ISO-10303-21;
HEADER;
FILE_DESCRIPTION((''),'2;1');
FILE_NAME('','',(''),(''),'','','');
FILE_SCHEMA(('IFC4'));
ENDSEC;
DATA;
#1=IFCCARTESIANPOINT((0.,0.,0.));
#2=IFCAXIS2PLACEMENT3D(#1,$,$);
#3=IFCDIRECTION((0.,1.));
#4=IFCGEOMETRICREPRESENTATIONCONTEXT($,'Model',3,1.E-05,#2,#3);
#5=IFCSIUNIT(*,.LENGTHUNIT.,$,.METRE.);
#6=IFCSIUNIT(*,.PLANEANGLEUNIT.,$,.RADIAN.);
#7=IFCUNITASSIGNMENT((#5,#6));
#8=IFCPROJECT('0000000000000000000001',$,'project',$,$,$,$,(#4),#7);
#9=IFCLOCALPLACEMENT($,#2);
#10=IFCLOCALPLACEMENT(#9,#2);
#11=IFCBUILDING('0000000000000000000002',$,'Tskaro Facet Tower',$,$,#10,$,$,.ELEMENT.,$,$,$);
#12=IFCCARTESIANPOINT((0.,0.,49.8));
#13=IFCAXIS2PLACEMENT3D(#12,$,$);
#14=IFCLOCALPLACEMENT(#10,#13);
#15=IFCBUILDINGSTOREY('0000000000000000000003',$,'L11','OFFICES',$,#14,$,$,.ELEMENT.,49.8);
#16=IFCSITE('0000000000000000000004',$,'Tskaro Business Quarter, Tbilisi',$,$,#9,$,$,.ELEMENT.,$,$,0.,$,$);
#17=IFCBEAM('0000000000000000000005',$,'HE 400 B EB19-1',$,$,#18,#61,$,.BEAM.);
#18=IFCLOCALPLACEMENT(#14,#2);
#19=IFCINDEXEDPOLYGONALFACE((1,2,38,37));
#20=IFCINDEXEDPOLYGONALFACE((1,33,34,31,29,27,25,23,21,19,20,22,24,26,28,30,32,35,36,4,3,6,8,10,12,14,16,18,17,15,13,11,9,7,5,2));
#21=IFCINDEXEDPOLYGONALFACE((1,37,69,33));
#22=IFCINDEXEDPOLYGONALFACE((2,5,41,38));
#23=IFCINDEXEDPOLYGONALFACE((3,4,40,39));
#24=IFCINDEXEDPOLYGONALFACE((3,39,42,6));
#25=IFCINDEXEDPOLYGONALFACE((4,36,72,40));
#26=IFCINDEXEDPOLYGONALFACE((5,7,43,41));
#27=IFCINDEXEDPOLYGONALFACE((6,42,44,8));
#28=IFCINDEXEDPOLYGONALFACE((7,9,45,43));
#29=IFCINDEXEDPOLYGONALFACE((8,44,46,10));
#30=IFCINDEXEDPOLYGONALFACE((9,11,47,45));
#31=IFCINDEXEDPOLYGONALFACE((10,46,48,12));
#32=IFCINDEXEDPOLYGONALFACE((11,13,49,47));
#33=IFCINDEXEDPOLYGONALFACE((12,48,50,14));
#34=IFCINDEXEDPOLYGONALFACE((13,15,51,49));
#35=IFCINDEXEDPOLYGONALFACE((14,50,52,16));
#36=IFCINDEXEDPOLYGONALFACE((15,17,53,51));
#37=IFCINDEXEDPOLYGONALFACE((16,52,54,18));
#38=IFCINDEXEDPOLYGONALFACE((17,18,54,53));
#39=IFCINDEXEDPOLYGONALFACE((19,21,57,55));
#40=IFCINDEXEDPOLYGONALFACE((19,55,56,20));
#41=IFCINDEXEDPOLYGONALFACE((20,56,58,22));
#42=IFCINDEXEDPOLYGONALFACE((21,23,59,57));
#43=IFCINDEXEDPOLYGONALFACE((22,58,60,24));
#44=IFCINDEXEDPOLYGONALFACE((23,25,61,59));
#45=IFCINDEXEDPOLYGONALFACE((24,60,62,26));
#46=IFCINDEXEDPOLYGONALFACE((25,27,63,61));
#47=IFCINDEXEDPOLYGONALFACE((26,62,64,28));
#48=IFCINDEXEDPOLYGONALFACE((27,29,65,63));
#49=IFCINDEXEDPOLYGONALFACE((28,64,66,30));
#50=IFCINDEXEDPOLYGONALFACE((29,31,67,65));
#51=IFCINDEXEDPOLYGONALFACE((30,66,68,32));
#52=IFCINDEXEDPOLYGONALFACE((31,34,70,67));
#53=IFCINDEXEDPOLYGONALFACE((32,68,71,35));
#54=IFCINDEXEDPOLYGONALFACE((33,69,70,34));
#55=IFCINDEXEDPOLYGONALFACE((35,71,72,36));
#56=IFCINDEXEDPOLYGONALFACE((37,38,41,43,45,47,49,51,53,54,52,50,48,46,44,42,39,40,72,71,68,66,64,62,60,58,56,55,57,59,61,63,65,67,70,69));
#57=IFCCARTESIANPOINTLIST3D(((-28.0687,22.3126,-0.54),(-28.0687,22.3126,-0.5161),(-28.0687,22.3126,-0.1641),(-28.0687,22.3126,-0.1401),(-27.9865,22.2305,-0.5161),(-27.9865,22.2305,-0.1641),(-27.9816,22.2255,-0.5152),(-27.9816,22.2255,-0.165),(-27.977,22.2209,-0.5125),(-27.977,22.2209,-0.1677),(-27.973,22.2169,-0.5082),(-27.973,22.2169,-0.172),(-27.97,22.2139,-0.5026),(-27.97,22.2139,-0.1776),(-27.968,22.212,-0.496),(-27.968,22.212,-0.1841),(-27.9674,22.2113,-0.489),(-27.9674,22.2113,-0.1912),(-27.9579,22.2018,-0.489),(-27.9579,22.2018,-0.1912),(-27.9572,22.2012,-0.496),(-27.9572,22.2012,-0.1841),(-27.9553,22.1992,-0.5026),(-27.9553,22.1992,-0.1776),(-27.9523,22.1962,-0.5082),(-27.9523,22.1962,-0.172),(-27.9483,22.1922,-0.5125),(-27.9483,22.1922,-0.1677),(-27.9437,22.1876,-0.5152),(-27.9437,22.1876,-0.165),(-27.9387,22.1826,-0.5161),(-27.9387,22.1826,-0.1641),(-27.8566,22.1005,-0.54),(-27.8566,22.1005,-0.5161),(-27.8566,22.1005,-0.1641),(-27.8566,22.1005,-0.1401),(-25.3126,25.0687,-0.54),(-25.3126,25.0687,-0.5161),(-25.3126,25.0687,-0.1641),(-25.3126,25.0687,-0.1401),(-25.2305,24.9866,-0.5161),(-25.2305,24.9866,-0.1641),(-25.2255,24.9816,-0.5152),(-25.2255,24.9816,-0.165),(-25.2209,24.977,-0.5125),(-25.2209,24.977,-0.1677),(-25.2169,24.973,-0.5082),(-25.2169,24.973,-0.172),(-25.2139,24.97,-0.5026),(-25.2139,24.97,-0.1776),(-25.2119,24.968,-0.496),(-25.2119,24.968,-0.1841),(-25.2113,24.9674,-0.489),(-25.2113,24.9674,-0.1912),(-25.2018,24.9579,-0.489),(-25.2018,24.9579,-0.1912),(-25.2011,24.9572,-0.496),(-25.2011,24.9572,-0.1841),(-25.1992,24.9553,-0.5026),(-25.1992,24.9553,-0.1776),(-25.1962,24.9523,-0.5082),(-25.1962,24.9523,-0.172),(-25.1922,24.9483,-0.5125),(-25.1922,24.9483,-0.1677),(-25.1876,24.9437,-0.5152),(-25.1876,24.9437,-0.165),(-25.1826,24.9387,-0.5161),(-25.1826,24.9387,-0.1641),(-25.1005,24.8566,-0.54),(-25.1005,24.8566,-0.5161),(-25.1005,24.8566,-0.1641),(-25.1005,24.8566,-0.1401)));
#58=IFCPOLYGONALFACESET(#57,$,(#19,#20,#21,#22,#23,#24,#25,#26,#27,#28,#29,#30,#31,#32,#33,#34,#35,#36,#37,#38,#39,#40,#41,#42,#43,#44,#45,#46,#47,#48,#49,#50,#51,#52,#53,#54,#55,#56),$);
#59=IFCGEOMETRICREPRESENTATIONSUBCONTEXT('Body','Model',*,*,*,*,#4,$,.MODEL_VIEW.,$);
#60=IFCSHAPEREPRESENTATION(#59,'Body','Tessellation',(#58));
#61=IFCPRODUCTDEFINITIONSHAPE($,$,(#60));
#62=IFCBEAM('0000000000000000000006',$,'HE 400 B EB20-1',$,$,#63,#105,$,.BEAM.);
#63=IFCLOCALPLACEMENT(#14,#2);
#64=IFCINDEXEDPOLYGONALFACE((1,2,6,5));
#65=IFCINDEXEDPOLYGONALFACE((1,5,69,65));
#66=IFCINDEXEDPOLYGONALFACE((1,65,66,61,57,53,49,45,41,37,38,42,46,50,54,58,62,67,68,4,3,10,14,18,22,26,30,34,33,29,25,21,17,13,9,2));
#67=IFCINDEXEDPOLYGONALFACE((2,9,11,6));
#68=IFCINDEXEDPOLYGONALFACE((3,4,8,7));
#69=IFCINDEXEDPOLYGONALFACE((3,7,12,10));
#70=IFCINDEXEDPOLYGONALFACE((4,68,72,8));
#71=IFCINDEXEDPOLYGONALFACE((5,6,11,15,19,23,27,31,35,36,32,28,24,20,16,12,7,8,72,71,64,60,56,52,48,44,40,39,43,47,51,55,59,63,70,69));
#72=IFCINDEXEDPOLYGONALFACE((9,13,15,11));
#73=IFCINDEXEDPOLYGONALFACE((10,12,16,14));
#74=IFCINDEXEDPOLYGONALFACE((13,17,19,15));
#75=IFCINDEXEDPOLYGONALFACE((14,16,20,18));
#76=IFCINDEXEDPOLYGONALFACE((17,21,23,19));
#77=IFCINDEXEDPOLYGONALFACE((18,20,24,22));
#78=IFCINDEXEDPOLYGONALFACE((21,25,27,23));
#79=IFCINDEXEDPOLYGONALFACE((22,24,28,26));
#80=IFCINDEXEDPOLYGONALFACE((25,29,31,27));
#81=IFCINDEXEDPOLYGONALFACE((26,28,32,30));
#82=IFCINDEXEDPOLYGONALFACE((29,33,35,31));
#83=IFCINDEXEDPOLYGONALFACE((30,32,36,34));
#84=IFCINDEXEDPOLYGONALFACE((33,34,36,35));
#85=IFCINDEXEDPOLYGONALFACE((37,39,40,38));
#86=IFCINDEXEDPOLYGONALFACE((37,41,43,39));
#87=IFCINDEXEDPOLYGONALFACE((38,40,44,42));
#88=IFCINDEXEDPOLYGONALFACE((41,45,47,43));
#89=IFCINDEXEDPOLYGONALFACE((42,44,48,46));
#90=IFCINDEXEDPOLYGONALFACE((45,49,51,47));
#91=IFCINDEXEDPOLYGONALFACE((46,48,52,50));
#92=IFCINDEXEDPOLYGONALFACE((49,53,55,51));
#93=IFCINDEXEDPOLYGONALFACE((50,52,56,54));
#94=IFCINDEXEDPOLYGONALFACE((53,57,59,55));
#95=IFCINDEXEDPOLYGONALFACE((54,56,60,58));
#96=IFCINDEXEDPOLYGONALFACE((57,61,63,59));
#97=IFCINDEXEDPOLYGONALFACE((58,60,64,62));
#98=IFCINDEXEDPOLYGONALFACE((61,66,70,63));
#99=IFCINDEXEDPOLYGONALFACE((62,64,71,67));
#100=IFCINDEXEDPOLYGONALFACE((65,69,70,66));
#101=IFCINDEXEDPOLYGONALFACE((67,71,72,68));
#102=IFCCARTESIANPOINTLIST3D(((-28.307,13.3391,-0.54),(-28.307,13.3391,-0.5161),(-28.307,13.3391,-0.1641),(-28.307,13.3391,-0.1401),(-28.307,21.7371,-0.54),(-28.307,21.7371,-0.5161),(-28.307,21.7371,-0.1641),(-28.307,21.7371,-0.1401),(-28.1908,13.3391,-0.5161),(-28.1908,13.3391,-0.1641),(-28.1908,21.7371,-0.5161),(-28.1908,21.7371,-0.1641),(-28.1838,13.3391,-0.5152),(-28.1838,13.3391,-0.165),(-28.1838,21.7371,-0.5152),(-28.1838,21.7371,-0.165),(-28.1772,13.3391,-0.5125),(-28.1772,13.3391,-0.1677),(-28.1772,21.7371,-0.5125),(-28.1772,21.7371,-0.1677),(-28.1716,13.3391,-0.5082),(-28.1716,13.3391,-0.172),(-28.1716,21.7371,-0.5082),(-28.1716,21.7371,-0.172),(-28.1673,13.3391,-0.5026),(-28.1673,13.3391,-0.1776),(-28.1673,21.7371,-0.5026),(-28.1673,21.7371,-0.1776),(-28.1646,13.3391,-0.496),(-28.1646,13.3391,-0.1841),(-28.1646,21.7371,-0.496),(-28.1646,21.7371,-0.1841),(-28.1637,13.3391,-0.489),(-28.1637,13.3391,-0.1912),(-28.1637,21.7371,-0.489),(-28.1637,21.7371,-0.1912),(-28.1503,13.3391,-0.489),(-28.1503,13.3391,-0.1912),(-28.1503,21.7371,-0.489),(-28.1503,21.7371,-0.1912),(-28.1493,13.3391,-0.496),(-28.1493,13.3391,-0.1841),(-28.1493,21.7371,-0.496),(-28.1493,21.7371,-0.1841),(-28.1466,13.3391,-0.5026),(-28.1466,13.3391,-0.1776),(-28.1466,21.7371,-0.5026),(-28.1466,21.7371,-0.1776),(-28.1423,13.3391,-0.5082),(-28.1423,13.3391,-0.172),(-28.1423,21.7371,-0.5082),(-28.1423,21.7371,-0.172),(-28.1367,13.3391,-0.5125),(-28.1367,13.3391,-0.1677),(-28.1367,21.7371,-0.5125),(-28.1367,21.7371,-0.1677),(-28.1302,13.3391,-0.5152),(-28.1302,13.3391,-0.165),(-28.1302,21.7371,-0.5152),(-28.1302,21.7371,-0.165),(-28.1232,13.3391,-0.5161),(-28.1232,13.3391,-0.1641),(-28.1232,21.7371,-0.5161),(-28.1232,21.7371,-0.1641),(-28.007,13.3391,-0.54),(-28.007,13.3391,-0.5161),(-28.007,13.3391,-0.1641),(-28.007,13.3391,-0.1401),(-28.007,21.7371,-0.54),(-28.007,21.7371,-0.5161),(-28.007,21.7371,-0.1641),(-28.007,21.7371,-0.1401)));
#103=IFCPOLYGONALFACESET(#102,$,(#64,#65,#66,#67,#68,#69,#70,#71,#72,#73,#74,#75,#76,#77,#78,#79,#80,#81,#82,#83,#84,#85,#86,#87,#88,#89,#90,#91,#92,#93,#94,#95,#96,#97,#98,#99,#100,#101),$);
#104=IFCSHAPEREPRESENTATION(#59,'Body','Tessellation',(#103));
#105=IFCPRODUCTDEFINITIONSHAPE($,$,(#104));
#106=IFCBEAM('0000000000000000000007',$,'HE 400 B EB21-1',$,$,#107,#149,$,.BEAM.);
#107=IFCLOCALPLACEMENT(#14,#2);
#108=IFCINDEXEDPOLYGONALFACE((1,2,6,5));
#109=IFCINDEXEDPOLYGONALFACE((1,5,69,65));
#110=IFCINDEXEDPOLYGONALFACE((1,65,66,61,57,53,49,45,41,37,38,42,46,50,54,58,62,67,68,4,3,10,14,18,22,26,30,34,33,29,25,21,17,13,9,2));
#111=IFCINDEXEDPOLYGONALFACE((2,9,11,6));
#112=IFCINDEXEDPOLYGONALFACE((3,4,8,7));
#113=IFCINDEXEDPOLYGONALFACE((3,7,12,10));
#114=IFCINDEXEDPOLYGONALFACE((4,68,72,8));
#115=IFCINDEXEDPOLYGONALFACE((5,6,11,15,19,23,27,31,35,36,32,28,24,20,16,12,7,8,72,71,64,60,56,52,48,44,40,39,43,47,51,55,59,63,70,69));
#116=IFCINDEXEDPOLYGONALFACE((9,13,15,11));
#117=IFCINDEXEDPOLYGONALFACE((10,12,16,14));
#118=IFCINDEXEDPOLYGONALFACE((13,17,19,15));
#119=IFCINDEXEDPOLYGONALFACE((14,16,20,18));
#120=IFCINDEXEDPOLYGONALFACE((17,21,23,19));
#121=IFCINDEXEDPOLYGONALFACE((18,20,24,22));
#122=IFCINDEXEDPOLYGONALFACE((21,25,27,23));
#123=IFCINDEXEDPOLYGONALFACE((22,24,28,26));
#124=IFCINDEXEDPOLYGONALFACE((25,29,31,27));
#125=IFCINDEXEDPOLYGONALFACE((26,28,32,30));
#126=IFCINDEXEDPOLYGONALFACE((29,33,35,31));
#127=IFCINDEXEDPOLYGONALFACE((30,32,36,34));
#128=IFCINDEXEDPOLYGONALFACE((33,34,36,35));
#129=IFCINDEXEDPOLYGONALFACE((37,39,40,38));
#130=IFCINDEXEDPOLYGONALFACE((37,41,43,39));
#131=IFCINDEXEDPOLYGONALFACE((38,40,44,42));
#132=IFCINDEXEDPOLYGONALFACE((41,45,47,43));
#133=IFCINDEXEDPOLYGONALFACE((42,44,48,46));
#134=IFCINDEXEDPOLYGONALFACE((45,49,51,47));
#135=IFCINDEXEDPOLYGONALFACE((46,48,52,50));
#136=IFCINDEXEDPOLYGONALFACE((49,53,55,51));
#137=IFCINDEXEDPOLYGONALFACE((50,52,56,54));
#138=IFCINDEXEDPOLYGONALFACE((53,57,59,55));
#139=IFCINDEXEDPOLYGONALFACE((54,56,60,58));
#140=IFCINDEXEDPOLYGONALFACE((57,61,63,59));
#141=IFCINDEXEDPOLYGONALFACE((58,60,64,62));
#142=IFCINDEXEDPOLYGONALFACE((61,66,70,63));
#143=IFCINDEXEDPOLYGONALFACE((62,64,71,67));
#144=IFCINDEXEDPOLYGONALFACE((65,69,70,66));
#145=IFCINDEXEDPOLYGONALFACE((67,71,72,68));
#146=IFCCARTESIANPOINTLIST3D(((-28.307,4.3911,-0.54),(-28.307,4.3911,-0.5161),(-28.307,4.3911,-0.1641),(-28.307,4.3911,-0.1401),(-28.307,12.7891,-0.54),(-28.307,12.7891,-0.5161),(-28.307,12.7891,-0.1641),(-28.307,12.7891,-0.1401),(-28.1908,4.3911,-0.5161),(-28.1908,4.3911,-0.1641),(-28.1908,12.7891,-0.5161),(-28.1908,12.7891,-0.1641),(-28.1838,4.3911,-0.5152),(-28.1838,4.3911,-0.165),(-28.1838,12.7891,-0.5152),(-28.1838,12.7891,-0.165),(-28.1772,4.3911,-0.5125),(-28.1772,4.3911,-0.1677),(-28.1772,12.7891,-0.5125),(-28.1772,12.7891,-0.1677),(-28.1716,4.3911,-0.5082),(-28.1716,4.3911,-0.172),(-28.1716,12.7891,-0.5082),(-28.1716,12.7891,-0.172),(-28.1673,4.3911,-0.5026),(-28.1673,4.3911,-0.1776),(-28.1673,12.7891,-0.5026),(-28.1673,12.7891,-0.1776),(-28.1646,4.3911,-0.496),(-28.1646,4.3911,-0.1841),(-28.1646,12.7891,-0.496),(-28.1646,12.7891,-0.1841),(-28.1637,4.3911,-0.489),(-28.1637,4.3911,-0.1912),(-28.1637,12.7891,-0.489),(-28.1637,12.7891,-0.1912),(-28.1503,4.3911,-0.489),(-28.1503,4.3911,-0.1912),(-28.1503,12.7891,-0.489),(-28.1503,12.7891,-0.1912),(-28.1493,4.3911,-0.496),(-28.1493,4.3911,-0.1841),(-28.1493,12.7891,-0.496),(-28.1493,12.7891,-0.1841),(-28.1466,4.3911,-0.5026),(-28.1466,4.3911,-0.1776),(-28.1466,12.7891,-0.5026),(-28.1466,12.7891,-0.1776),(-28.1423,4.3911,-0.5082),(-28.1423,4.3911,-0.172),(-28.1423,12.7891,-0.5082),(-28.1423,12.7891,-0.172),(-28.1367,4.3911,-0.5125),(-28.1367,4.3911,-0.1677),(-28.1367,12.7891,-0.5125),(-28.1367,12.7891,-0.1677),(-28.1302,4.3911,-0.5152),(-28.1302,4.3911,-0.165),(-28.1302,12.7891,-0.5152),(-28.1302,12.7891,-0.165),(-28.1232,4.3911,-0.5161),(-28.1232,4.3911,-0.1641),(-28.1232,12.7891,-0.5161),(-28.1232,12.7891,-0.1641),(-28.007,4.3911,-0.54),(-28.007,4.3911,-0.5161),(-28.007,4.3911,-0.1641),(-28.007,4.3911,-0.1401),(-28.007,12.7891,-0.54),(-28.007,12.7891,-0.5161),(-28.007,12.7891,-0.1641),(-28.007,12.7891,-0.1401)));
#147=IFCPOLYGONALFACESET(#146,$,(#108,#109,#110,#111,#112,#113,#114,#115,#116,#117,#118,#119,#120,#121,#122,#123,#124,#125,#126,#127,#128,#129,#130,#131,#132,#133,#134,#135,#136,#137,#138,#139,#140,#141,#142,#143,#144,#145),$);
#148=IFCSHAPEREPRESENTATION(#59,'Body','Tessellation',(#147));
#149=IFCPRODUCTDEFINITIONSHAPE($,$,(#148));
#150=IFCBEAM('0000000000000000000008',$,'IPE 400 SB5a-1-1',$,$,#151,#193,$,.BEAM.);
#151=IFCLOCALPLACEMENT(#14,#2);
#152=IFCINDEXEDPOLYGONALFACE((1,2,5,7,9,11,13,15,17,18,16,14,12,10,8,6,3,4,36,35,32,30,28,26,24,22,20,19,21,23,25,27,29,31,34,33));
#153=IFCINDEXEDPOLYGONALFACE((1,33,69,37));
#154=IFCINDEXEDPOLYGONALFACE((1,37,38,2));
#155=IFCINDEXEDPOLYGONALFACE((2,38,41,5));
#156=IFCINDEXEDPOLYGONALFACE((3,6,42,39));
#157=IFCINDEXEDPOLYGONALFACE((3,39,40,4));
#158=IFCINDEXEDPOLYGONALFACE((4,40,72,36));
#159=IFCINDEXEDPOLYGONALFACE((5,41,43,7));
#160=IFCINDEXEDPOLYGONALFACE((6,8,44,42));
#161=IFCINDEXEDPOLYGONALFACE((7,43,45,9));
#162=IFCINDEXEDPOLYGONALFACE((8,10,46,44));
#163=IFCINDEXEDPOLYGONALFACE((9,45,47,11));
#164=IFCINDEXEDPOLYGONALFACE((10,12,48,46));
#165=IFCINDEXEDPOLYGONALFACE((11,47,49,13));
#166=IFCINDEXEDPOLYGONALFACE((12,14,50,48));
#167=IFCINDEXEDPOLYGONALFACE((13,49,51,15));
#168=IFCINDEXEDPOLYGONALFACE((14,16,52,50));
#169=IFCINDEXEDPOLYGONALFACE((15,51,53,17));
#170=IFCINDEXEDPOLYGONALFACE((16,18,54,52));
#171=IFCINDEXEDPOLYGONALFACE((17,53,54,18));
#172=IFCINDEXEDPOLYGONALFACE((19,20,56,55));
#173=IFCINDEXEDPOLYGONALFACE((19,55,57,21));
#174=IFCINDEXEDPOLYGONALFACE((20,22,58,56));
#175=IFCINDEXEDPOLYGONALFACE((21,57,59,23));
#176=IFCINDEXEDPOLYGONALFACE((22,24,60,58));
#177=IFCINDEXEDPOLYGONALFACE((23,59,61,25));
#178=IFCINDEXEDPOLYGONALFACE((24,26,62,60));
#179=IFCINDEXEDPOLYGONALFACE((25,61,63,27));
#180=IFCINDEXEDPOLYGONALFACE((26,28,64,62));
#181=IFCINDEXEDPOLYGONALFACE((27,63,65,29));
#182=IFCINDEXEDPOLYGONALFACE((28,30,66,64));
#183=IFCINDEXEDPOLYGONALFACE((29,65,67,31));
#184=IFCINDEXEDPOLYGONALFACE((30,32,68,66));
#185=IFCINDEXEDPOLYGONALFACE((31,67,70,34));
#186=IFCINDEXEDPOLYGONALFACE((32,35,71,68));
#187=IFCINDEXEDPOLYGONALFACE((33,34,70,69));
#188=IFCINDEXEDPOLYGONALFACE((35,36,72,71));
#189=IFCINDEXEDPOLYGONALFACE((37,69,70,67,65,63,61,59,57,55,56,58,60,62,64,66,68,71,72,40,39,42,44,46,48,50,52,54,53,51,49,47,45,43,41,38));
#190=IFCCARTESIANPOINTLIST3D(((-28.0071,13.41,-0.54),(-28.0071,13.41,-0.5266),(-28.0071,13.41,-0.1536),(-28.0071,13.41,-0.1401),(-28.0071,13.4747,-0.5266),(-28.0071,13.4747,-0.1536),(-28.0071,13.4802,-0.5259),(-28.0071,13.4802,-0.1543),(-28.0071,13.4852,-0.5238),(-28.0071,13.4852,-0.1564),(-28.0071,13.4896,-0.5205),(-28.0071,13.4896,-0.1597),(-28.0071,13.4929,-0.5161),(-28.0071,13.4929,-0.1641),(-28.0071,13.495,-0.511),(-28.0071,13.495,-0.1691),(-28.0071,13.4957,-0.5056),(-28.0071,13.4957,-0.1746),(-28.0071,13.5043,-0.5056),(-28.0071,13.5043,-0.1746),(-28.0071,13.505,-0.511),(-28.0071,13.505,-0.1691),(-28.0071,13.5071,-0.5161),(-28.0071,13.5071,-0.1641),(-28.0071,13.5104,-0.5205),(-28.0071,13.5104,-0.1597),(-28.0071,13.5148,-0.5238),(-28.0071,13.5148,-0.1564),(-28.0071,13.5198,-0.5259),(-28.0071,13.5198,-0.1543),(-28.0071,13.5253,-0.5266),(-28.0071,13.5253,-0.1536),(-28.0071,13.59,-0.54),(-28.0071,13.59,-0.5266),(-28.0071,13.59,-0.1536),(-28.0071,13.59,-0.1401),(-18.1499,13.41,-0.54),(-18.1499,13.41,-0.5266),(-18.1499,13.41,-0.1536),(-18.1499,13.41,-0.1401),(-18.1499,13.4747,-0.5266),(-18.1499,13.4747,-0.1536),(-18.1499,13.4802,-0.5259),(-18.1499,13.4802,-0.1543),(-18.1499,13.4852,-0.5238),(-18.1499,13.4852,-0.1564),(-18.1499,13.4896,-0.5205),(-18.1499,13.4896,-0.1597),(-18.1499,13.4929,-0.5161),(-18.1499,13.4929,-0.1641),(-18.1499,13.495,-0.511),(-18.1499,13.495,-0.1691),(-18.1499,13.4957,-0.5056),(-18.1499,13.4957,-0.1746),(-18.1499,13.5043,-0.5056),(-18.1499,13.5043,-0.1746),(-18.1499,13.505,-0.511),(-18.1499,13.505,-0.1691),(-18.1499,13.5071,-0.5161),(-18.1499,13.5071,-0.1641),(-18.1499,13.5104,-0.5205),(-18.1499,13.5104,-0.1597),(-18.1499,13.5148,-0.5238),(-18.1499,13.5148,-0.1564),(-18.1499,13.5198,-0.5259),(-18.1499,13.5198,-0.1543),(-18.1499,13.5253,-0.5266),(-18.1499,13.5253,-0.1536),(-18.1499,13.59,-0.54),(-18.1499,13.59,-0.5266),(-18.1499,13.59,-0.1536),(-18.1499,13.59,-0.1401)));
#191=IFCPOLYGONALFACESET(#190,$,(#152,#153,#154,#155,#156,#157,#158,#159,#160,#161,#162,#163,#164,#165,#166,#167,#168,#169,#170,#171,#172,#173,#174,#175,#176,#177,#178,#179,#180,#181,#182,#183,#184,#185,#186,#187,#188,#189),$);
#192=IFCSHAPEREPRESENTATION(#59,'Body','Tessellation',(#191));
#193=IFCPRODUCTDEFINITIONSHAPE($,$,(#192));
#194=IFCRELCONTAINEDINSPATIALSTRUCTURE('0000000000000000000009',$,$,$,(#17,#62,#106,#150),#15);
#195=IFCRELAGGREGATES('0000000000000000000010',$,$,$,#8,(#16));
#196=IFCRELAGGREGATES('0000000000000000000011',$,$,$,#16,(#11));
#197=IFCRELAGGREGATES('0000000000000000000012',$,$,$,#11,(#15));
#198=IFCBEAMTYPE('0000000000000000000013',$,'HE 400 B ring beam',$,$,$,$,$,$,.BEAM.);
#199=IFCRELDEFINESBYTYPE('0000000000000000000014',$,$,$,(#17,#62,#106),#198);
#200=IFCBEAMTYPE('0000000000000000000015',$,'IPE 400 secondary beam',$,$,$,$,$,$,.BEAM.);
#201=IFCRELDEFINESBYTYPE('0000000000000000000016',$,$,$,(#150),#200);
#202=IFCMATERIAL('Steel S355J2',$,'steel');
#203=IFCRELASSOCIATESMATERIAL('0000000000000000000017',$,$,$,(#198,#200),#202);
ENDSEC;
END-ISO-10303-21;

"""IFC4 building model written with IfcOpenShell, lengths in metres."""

from ifc_helpers import new_model, si_unit, direction, frame, origin, origin_2d, place, context, subcontext, project, spatial, i_section, extrude, material, material_profile, profile_set, type_object, element, save


model = new_model("IFC4")

# Units and contexts
model_context = context("Model", 3, precision=1e-05, world=origin(), true_north=direction((0.0, 1.0)))
body_context = subcontext(model_context, "Body", "Model", "MODEL_VIEW")
ifc_project = project(units=[si_unit("LENGTHUNIT", "METRE"), si_unit("PLANEANGLEUNIT", "RADIAN")], contexts=[model_context])

# Site, building, storey
site_placement = place(None, origin())
site = spatial("IfcSite", under=ifc_project, at=site_placement, Name="Tskaro Business Quarter, Tbilisi", CompositionType="ELEMENT", RefElevation=0.0)
building_placement = place(site_placement, origin())
building = spatial("IfcBuilding", under=site, at=building_placement, Name="Tskaro Facet Tower", CompositionType="ELEMENT")
storey_placement = place(building_placement, frame((0.0, 0.0, 49.8)))
storey = spatial("IfcBuildingStorey", under=building, at=storey_placement, Name="L11", Description="OFFICES", CompositionType="ELEMENT", Elevation=49.8)

# Beams
ifc_material_1 = material(Name="Steel S355J2", Category="steel")
ifc_material_profile_1 = material_profile(ifc_material_1, i_section(OverallWidth=0.3, OverallDepth=0.3999, WebThickness=0.0134, FlangeThickness=0.0239, FilletRadius=0.0271, at=origin_2d()), Name="HE 400 B")
ifc_profile_set_1 = profile_set([ifc_material_profile_1], Name="Steel S355J2")
beam_type_1 = type_object("IfcBeamType", Name="HE 400 B ring beam", PredefinedType="BEAM", material=ifc_profile_set_1)
beam_1_placement = place(storey_placement, frame((-25.2065, 24.9626, -0.3401), z_axis=(-0.707107, -0.707107, 0.0), x_axis=(0.707107, -0.707107, 0.0)))
element("IfcBeam", 1, at=beam_1_placement, inside=storey, type_object=beam_type_1, Name="HE 400 B EB19-1", PredefinedType="BEAM", context=body_context, shape_type="SweptSolid", body=[
    extrude(i_section(OverallWidth=0.3, OverallDepth=0.3999, WebThickness=0.0134, FlangeThickness=0.0239, FilletRadius=0.0271, at=origin_2d()), origin(), (0.0, 0.0, 1.0), 3.8977),
])
for number, where, z_axis, x_axis, name in (
    (2, (-28.157, 21.7371, -0.3401), (0.0, -1.0, 0.0), (1.0, 0.0, 0.0), "HE 400 B EB20-1"),
    (3, (-28.157, 12.7891, -0.3401), (0.0, -1.0, 0.0), (1.0, 0.0, 0.0), "HE 400 B EB21-1"),
):
    element("IfcBeam", number, at=place(storey_placement, frame(where, z_axis=z_axis, x_axis=x_axis)), inside=storey, type_object=beam_type_1, Name=name, PredefinedType="BEAM", context=body_context, shape_type="SweptSolid", body=[
        extrude(i_section(OverallWidth=0.3, OverallDepth=0.3999, WebThickness=0.0134, FlangeThickness=0.0239, FilletRadius=0.0271, at=origin_2d()), origin(), (0.0, 0.0, 1.0), 8.3979),
    ])
ifc_material_profile_2 = material_profile(ifc_material_1, i_section(OverallWidth=0.1799, OverallDepth=0.3999, WebThickness=0.0085, FlangeThickness=0.0134, FilletRadius=0.021, at=origin_2d()), Name="IPE 400")
ifc_profile_set_2 = profile_set([ifc_material_profile_2], Name="Steel S355J2")
beam_type_2 = type_object("IfcBeamType", Name="IPE 400 secondary beam", PredefinedType="BEAM", material=ifc_profile_set_2)
beam_2_placement = place(storey_placement, frame((-28.0071, 13.5, -0.3401), z_axis=(1.0, 0.0, 0.0), x_axis=(0.0, 1.0, 0.0)))
element("IfcBeam", 4, at=beam_2_placement, inside=storey, type_object=beam_type_2, Name="IPE 400 SB5a-1-1", PredefinedType="BEAM", context=body_context, shape_type="SweptSolid", body=[
    extrude(i_section(OverallWidth=0.1799, OverallDepth=0.3999, WebThickness=0.0085, FlangeThickness=0.0134, FilletRadius=0.021, at=origin_2d()), origin(), (0.0, 0.0, 1.0), 9.8572),
])

save(model, "model.ifc")
